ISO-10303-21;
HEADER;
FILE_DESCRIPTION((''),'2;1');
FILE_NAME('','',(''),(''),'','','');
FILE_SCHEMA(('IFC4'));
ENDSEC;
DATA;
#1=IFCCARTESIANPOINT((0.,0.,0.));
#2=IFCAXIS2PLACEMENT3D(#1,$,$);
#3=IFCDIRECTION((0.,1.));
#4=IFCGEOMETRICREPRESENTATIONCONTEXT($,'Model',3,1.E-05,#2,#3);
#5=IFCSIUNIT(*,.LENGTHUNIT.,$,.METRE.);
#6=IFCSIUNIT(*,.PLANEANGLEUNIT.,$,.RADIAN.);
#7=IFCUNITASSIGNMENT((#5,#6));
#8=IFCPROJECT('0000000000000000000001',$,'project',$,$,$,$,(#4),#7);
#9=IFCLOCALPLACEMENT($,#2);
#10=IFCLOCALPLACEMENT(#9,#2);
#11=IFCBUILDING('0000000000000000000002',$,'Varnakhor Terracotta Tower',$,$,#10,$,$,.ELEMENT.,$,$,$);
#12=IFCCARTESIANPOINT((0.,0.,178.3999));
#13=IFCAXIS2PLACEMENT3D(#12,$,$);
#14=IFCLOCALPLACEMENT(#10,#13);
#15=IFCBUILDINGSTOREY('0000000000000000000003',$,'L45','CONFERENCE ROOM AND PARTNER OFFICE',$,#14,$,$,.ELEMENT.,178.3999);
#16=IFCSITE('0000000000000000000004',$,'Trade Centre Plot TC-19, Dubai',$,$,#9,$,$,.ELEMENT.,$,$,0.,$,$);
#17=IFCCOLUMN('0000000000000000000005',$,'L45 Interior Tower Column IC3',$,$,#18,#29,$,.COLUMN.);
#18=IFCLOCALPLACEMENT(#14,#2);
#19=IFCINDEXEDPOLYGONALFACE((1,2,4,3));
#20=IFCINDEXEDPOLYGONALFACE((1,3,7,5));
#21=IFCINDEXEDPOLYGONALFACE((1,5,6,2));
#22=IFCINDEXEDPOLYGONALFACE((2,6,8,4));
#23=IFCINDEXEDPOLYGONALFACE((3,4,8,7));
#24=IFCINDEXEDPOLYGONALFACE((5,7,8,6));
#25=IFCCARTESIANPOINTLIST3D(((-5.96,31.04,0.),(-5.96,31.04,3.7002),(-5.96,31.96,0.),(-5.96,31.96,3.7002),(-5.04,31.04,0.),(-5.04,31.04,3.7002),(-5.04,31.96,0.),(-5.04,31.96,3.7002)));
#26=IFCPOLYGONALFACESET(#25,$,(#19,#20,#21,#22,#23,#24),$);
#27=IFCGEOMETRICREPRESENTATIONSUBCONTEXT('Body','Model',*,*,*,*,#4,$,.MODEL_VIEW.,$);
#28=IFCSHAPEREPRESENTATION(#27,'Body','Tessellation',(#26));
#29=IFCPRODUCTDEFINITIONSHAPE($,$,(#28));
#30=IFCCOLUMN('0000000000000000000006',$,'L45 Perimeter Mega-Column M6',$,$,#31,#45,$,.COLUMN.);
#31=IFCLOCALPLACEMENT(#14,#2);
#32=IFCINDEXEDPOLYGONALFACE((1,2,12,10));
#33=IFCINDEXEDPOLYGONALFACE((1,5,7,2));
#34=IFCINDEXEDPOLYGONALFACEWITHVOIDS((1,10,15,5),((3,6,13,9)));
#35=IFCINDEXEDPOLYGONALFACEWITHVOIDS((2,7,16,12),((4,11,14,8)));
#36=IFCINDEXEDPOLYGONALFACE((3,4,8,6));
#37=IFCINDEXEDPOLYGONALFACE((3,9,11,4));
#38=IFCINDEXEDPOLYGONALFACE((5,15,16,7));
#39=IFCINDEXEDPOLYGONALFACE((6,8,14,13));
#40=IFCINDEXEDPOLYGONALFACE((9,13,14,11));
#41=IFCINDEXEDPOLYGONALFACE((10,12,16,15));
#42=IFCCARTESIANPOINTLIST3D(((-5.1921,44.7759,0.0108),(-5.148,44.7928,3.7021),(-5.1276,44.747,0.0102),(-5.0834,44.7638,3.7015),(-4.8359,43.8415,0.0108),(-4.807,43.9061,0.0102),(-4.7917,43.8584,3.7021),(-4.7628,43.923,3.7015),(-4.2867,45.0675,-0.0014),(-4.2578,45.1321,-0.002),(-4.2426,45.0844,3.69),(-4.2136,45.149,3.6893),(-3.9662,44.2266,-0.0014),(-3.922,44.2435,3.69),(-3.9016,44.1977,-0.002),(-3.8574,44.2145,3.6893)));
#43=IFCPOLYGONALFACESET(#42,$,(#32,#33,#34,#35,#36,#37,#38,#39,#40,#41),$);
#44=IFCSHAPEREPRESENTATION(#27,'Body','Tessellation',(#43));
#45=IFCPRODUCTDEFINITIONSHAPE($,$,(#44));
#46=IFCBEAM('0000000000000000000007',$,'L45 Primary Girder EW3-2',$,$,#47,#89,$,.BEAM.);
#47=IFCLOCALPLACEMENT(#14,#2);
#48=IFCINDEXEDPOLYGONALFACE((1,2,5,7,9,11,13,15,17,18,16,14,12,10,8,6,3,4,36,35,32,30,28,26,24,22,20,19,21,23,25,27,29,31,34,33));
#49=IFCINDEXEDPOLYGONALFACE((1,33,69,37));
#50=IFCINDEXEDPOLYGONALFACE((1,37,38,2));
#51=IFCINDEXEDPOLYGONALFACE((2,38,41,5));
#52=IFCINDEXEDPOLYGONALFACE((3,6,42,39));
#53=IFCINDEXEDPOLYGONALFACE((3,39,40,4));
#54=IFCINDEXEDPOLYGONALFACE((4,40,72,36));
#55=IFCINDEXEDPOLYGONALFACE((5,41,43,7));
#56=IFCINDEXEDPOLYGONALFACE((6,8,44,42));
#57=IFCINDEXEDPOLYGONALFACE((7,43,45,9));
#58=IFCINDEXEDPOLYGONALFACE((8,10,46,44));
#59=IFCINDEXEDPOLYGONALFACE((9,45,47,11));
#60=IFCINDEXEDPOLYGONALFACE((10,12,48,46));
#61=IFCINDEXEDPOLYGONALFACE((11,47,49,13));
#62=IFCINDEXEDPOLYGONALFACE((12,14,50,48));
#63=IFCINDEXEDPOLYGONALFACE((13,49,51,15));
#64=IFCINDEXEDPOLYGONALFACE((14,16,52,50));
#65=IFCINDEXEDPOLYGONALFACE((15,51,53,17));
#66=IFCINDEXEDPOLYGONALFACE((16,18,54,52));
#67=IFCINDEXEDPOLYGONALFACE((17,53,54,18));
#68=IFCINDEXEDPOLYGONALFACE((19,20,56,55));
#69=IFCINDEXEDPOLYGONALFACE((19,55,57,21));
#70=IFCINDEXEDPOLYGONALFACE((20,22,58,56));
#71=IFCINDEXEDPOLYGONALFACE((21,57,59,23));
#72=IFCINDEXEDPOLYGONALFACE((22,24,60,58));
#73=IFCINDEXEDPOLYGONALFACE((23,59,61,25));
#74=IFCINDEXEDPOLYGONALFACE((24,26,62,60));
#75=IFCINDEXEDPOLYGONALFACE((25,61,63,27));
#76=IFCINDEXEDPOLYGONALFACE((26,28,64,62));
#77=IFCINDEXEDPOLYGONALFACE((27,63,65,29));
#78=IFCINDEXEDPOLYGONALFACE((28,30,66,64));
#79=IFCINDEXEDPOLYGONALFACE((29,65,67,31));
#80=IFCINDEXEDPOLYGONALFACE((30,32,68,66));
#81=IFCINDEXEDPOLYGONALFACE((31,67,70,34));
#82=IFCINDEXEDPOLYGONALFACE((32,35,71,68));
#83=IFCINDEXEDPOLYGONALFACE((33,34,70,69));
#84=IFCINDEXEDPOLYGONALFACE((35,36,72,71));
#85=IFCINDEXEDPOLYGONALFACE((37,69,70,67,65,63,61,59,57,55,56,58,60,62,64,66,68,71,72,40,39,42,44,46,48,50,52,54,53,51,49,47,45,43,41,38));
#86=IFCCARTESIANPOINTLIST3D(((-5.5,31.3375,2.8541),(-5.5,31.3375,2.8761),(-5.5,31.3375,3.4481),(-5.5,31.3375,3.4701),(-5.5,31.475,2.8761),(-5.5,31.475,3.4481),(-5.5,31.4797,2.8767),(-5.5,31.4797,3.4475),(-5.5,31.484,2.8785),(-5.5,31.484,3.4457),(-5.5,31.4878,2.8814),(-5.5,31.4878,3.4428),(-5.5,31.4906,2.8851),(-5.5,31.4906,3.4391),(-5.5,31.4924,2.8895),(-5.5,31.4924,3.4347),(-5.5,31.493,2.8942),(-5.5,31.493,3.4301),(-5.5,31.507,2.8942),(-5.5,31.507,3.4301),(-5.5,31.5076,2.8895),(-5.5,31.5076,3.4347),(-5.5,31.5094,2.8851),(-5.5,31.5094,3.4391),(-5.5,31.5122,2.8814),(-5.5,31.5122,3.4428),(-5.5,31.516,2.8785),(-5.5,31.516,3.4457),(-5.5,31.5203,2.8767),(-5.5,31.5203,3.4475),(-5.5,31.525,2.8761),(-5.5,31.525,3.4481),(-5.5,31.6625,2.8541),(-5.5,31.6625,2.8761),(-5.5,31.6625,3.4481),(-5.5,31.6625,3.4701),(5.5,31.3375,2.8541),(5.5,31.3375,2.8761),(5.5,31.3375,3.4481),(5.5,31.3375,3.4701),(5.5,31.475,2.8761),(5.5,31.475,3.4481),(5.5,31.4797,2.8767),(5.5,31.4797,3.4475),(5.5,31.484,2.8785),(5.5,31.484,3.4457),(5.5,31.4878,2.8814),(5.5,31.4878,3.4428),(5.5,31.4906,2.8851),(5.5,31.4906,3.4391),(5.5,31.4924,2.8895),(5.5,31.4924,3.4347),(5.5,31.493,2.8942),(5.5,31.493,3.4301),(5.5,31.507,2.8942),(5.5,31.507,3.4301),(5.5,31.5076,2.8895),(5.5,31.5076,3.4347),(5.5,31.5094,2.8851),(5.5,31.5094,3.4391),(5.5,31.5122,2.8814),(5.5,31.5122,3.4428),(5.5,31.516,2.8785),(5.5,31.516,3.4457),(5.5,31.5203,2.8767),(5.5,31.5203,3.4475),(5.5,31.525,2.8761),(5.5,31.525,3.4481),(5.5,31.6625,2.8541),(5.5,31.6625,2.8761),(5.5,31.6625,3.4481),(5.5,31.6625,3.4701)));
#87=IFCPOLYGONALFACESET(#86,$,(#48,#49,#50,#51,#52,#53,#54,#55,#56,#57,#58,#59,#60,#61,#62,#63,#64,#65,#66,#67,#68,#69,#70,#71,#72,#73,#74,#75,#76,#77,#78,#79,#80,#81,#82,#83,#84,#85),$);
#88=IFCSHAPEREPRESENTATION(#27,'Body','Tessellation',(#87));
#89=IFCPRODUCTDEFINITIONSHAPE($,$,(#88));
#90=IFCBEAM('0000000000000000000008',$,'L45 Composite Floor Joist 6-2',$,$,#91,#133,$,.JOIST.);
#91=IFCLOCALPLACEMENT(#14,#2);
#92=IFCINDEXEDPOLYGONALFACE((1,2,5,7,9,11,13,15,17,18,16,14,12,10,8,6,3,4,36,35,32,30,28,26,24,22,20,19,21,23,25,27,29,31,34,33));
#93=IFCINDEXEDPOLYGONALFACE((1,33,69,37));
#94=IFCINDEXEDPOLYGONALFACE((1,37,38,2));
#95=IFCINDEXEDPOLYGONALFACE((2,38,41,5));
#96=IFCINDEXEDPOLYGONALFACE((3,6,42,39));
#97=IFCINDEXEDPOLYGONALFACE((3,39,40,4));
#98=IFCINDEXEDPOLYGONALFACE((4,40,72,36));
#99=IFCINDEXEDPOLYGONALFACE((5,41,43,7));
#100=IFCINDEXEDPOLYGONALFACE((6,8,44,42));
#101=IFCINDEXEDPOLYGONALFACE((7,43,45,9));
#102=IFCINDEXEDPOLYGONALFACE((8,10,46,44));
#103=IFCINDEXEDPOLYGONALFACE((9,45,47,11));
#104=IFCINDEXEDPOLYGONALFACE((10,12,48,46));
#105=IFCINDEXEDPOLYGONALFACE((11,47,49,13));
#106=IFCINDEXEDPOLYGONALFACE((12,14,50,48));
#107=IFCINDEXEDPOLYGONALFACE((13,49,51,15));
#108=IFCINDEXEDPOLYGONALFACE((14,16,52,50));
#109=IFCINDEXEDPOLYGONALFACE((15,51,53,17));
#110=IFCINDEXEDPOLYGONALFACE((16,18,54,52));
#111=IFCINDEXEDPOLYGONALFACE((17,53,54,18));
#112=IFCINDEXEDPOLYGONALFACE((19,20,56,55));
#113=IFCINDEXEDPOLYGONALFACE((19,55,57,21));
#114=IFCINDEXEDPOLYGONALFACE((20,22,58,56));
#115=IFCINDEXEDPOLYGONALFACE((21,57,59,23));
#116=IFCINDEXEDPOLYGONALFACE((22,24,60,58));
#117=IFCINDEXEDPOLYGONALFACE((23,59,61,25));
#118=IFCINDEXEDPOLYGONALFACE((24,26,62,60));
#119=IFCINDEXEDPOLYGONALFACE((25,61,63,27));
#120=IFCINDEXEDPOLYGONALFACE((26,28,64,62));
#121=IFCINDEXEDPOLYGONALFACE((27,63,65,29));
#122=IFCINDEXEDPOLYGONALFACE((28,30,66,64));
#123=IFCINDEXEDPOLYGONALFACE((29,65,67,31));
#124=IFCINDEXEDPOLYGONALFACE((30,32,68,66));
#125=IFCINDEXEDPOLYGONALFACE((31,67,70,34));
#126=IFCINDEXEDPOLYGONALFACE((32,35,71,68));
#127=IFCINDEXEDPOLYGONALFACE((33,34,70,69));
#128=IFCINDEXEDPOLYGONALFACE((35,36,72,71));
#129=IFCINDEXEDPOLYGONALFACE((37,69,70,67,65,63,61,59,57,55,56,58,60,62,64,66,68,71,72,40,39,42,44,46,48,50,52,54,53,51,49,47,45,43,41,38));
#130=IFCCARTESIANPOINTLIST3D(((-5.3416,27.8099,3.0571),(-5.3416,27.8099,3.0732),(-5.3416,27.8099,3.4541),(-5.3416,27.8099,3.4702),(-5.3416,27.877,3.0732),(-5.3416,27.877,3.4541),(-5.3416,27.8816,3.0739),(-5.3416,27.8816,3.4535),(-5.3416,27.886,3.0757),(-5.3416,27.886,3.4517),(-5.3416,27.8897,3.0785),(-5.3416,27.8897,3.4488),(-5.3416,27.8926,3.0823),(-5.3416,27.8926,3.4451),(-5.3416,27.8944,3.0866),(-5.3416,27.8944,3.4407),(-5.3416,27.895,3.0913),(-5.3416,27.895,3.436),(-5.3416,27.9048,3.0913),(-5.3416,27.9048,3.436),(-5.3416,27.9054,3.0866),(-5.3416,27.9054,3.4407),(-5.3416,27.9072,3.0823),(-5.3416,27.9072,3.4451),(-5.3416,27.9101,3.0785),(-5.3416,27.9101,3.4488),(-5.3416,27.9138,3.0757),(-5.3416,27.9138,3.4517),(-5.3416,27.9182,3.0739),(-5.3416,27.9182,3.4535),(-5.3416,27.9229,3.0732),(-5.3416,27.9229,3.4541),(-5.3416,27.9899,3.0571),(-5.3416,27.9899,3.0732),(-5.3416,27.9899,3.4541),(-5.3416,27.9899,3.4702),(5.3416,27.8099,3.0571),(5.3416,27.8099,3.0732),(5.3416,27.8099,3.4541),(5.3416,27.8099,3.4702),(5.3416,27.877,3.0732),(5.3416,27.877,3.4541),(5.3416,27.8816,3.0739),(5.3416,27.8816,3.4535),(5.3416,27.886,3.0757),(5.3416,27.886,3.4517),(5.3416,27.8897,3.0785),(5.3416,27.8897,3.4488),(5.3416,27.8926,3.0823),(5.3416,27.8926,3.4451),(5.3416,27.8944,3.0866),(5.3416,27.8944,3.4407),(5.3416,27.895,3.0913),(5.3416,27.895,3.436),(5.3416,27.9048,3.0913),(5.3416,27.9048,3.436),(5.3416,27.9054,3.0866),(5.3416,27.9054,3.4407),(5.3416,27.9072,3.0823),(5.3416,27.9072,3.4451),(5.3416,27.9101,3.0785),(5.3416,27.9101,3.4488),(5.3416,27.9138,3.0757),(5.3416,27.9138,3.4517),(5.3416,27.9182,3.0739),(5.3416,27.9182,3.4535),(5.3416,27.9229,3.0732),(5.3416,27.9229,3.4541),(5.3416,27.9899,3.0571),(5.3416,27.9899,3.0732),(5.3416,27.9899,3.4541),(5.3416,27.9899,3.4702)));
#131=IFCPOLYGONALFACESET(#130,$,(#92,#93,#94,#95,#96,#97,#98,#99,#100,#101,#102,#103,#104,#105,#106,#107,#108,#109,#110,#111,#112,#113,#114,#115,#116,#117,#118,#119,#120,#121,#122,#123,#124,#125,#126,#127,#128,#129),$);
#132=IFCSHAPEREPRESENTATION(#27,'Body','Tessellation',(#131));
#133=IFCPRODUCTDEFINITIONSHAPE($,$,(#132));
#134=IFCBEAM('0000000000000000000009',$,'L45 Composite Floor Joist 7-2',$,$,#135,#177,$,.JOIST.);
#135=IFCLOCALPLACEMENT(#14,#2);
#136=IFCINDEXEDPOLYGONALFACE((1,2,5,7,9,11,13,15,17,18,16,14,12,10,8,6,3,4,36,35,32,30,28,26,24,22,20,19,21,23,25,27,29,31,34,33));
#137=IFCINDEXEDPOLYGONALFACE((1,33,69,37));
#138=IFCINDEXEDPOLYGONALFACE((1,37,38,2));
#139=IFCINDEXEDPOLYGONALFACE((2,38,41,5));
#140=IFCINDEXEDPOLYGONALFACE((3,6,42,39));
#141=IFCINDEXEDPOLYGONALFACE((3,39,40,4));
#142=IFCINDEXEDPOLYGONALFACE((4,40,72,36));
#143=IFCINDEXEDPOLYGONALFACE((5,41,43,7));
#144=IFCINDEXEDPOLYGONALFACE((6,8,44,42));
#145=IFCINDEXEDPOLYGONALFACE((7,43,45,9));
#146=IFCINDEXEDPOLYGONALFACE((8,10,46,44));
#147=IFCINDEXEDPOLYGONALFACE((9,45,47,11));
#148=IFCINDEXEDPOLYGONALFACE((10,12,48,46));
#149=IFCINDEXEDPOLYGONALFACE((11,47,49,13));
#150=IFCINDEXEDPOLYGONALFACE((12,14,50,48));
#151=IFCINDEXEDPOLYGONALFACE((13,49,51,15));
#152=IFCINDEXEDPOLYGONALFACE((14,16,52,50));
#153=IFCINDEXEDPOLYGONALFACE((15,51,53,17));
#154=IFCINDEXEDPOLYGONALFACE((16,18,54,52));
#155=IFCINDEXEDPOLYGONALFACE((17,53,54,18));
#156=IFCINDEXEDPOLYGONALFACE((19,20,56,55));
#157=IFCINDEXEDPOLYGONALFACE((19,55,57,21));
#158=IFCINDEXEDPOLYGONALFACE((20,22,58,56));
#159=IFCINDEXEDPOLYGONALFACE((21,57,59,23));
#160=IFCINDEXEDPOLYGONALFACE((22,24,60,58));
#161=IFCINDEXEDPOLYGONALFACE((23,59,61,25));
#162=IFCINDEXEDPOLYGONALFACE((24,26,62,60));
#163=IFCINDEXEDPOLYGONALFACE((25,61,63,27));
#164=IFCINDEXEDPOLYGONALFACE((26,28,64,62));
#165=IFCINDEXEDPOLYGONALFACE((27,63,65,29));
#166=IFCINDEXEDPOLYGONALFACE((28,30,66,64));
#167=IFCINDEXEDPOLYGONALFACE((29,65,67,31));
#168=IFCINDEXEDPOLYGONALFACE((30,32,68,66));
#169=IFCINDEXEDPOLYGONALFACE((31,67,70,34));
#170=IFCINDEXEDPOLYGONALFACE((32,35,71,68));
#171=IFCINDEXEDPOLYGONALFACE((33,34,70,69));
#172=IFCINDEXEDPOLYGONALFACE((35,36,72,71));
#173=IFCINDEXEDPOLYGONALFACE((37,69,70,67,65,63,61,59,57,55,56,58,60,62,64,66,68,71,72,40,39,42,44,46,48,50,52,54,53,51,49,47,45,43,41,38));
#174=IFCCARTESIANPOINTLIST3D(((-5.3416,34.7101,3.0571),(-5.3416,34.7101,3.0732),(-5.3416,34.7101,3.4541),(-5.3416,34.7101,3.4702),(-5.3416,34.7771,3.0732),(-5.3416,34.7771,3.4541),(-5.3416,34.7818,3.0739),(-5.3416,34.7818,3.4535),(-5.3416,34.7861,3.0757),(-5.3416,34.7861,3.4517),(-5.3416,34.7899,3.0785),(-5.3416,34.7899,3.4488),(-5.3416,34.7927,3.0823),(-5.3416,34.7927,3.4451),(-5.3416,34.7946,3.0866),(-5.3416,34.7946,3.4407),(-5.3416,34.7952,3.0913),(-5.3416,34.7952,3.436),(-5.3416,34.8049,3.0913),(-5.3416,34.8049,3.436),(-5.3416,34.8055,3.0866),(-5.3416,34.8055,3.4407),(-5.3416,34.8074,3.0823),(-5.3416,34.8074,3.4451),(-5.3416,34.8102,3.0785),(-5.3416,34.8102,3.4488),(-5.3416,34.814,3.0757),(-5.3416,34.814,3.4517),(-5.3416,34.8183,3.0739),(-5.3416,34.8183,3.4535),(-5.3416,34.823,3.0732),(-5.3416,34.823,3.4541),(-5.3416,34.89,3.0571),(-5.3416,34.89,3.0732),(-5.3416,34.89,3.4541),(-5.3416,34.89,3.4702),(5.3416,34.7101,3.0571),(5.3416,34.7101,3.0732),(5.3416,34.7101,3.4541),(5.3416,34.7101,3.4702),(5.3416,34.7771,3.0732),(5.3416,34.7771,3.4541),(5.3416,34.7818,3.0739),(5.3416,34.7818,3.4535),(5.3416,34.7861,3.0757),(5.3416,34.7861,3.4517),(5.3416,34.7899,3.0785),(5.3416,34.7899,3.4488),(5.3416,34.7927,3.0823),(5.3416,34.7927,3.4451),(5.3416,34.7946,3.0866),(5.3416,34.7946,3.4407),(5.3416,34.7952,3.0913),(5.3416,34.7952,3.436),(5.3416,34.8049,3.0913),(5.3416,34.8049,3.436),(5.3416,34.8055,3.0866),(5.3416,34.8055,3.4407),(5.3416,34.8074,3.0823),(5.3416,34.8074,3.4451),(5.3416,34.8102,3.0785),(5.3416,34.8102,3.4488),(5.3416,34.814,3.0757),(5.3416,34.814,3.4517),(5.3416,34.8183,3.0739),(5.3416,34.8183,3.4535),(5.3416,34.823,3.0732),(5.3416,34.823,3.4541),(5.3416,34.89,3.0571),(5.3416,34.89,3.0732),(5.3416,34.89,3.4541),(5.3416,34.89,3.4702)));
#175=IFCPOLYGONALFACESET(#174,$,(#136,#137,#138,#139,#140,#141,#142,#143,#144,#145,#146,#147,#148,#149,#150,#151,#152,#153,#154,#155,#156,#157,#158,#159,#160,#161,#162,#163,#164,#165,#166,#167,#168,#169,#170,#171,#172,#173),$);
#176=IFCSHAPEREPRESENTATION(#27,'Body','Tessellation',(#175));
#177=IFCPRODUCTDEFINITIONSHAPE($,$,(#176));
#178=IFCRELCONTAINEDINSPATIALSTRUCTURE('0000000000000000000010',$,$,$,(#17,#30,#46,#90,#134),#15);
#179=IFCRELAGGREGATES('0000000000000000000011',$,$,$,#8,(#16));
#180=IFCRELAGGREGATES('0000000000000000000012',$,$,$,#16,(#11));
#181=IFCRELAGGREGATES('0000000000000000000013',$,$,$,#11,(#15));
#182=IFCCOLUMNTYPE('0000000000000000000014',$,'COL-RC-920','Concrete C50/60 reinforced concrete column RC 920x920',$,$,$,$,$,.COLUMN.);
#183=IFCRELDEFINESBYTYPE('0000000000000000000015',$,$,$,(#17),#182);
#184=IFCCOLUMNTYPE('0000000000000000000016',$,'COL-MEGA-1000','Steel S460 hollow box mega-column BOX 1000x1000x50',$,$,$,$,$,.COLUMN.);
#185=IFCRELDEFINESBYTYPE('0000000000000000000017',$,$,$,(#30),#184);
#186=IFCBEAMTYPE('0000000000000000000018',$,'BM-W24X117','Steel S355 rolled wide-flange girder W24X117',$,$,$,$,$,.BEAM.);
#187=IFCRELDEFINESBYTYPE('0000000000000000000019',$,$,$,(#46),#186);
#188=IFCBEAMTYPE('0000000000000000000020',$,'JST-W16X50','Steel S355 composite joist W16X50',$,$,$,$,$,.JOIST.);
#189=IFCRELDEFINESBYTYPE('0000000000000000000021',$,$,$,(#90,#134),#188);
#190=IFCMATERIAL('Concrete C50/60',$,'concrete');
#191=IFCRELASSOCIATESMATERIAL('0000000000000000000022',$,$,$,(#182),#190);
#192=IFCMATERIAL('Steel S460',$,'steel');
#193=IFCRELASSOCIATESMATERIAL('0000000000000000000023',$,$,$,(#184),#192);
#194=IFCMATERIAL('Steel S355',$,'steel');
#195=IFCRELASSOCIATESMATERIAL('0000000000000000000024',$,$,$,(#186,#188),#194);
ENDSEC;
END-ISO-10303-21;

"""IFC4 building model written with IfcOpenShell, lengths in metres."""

from ifc_helpers import new_model, si_unit, direction, frame, origin, origin_2d, place, context, subcontext, project, spatial, rectangle, hollow_rectangle, i_section, extrude, source, transform, mapped, material, material_profile, profile_set, type_object, element, save


model = new_model("IFC4")

# Units and contexts
model_context = context("Model", 3, precision=1e-05, world=origin(), true_north=direction((0.0, 1.0)))
body_context = subcontext(model_context, "Body", "Model", "MODEL_VIEW")
ifc_project = project(units=[si_unit("LENGTHUNIT", "METRE"), si_unit("PLANEANGLEUNIT", "RADIAN")], contexts=[model_context])

# Site, building, storey
site_placement = place(None, origin())
site = spatial("IfcSite", under=ifc_project, at=site_placement, Name="Trade Centre Plot TC-19, Dubai", CompositionType="ELEMENT", RefElevation=0.0)
building_placement = place(site_placement, origin())
building = spatial("IfcBuilding", under=site, at=building_placement, Name="Varnakhor Terracotta Tower", CompositionType="ELEMENT")
storey_placement = place(building_placement, frame((0.0, 0.0, 178.3999)))
storey = spatial("IfcBuildingStorey", under=building, at=storey_placement, Name="L45", Description="CONFERENCE ROOM AND PARTNER OFFICE", CompositionType="ELEMENT", Elevation=178.3999)

# Columns
ifc_material_1 = material(Name="Concrete C50/60", Category="concrete")
ifc_material_profile_1 = material_profile(ifc_material_1, rectangle(XDim=0.9199, YDim=0.9199, at=origin_2d()), Name="RC 920x920")
ifc_profile_set_1 = profile_set([ifc_material_profile_1], Name="Concrete C50/60")
column_type_1 = type_object("IfcColumnType", Name="COL-RC-920", Description="Concrete C50/60 reinforced concrete column RC 920x920", PredefinedType="COLUMN", material=ifc_profile_set_1)
shared_shape_1 = source(origin(), body_context, "Body", "SweptSolid", [
    extrude(rectangle(XDim=0.9199, YDim=0.9199, at=origin_2d()), origin(), (0.0, 0.0, 1.0), 3.7002),
])
column_1_placement = place(storey_placement, frame((-5.5, 31.5, 0.0), z_axis=(0.0, 0.0, 1.0), x_axis=(1.0, 0.0, 0.0)))
element("IfcColumn", 1, at=column_1_placement, inside=storey, type_object=column_type_1, Name="L45 Interior Tower Column IC3", PredefinedType="COLUMN", context=body_context, shape_type="MappedRepresentation", body=[
    mapped(shared_shape_1, transform((0.0, 0.0, 0.0), scale=1.0)),
])
ifc_material_2 = material(Name="Steel S460", Category="steel")
ifc_material_profile_2 = material_profile(ifc_material_2, hollow_rectangle(XDim=1.0, YDim=1.0, WallThickness=0.05, at=origin_2d()), Name="BOX 1000x1000x50")
ifc_profile_set_2 = profile_set([ifc_material_profile_2], Name="Steel S460")
column_type_2 = type_object("IfcColumnType", Name="COL-MEGA-1000", Description="Steel S460 hollow box mega-column BOX 1000x1000x50", PredefinedType="COLUMN", material=ifc_profile_set_2)
shared_shape_2 = source(origin(), body_context, "Body", "SweptSolid", [
    extrude(hollow_rectangle(XDim=1.0, YDim=1.0, WallThickness=0.05, at=origin_2d()), origin(), (0.0, 0.0, 1.0), 3.6917),
])
column_2_placement = place(storey_placement, frame((-4.5469, 44.4868, 0.0044), z_axis=(0.01197, 0.004563, 0.999918), x_axis=(-0.35621, 0.934406, 0.0)))
element("IfcColumn", 2, at=column_2_placement, inside=storey, type_object=column_type_2, Name="L45 Perimeter Mega-Column M6", PredefinedType="COLUMN", context=body_context, shape_type="MappedRepresentation", body=[
    mapped(shared_shape_2, transform((0.0, 0.0, 0.0), scale=1.0)),
])

# Beams
ifc_material_3 = material(Name="Steel S355", Category="steel")
ifc_material_profile_3 = material_profile(ifc_material_3, i_section(OverallWidth=0.325, OverallDepth=0.616, WebThickness=0.0139, FlangeThickness=0.022, FilletRadius=0.0181, at=origin_2d()), Name="W24X117")
ifc_profile_set_3 = profile_set([ifc_material_profile_3], Name="Steel S355")
beam_type_1 = type_object("IfcBeamType", Name="BM-W24X117", Description="Steel S355 rolled wide-flange girder W24X117", PredefinedType="BEAM", material=ifc_profile_set_3)
shared_shape_3 = source(origin(), body_context, "Body", "SweptSolid", [
    extrude(i_section(OverallWidth=0.325, OverallDepth=0.616, WebThickness=0.0139, FlangeThickness=0.022, FilletRadius=0.0181, at=origin_2d()), origin(), (0.0, 0.0, 1.0), 11.0),
])
beam_1_placement = place(storey_placement, frame((-5.5, 31.5, 3.1621), z_axis=(1.0, 0.0, 0.0), x_axis=(0.0, 1.0, 0.0)))
element("IfcBeam", 3, at=beam_1_placement, inside=storey, type_object=beam_type_1, Name="L45 Primary Girder EW3-2", PredefinedType="BEAM", context=body_context, shape_type="MappedRepresentation", body=[
    mapped(shared_shape_3, transform((0.0, 0.0, 0.0), scale=1.0)),
])
ifc_material_profile_4 = material_profile(ifc_material_3, i_section(OverallWidth=0.1799, OverallDepth=0.4131, WebThickness=0.0098, FlangeThickness=0.0161, FilletRadius=0.0181, at=origin_2d()), Name="W16X50")
ifc_profile_set_4 = profile_set([ifc_material_profile_4], Name="Steel S355")
beam_type_2 = type_object("IfcBeamType", Name="JST-W16X50", Description="Steel S355 composite joist W16X50", PredefinedType="JOIST", material=ifc_profile_set_4)
shared_shape_4 = source(origin(), body_context, "Body", "SweptSolid", [
    extrude(i_section(OverallWidth=0.1799, OverallDepth=0.4131, WebThickness=0.0098, FlangeThickness=0.0161, FilletRadius=0.0181, at=origin_2d()), origin(), (0.0, 0.0, 1.0), 10.6831),
])
for number, where, z_axis, x_axis, name in (
    (4, (-5.3416, 27.8999, 3.2637), (1.0, 0.0, 0.0), (0.0, 1.0, 0.0), "L45 Composite Floor Joist 6-2"),
    (5, (-5.3416, 34.8, 3.2637), (1.0, 0.0, 0.0), (0.0, 1.0, 0.0), "L45 Composite Floor Joist 7-2"),
):
    element("IfcBeam", number, at=place(storey_placement, frame(where, z_axis=z_axis, x_axis=x_axis)), inside=storey, type_object=beam_type_2, Name=name, PredefinedType="JOIST", context=body_context, shape_type="MappedRepresentation", body=[
        mapped(shared_shape_4, transform((0.0, 0.0, 0.0), scale=1.0)),
    ])

save(model, "model.ifc")
